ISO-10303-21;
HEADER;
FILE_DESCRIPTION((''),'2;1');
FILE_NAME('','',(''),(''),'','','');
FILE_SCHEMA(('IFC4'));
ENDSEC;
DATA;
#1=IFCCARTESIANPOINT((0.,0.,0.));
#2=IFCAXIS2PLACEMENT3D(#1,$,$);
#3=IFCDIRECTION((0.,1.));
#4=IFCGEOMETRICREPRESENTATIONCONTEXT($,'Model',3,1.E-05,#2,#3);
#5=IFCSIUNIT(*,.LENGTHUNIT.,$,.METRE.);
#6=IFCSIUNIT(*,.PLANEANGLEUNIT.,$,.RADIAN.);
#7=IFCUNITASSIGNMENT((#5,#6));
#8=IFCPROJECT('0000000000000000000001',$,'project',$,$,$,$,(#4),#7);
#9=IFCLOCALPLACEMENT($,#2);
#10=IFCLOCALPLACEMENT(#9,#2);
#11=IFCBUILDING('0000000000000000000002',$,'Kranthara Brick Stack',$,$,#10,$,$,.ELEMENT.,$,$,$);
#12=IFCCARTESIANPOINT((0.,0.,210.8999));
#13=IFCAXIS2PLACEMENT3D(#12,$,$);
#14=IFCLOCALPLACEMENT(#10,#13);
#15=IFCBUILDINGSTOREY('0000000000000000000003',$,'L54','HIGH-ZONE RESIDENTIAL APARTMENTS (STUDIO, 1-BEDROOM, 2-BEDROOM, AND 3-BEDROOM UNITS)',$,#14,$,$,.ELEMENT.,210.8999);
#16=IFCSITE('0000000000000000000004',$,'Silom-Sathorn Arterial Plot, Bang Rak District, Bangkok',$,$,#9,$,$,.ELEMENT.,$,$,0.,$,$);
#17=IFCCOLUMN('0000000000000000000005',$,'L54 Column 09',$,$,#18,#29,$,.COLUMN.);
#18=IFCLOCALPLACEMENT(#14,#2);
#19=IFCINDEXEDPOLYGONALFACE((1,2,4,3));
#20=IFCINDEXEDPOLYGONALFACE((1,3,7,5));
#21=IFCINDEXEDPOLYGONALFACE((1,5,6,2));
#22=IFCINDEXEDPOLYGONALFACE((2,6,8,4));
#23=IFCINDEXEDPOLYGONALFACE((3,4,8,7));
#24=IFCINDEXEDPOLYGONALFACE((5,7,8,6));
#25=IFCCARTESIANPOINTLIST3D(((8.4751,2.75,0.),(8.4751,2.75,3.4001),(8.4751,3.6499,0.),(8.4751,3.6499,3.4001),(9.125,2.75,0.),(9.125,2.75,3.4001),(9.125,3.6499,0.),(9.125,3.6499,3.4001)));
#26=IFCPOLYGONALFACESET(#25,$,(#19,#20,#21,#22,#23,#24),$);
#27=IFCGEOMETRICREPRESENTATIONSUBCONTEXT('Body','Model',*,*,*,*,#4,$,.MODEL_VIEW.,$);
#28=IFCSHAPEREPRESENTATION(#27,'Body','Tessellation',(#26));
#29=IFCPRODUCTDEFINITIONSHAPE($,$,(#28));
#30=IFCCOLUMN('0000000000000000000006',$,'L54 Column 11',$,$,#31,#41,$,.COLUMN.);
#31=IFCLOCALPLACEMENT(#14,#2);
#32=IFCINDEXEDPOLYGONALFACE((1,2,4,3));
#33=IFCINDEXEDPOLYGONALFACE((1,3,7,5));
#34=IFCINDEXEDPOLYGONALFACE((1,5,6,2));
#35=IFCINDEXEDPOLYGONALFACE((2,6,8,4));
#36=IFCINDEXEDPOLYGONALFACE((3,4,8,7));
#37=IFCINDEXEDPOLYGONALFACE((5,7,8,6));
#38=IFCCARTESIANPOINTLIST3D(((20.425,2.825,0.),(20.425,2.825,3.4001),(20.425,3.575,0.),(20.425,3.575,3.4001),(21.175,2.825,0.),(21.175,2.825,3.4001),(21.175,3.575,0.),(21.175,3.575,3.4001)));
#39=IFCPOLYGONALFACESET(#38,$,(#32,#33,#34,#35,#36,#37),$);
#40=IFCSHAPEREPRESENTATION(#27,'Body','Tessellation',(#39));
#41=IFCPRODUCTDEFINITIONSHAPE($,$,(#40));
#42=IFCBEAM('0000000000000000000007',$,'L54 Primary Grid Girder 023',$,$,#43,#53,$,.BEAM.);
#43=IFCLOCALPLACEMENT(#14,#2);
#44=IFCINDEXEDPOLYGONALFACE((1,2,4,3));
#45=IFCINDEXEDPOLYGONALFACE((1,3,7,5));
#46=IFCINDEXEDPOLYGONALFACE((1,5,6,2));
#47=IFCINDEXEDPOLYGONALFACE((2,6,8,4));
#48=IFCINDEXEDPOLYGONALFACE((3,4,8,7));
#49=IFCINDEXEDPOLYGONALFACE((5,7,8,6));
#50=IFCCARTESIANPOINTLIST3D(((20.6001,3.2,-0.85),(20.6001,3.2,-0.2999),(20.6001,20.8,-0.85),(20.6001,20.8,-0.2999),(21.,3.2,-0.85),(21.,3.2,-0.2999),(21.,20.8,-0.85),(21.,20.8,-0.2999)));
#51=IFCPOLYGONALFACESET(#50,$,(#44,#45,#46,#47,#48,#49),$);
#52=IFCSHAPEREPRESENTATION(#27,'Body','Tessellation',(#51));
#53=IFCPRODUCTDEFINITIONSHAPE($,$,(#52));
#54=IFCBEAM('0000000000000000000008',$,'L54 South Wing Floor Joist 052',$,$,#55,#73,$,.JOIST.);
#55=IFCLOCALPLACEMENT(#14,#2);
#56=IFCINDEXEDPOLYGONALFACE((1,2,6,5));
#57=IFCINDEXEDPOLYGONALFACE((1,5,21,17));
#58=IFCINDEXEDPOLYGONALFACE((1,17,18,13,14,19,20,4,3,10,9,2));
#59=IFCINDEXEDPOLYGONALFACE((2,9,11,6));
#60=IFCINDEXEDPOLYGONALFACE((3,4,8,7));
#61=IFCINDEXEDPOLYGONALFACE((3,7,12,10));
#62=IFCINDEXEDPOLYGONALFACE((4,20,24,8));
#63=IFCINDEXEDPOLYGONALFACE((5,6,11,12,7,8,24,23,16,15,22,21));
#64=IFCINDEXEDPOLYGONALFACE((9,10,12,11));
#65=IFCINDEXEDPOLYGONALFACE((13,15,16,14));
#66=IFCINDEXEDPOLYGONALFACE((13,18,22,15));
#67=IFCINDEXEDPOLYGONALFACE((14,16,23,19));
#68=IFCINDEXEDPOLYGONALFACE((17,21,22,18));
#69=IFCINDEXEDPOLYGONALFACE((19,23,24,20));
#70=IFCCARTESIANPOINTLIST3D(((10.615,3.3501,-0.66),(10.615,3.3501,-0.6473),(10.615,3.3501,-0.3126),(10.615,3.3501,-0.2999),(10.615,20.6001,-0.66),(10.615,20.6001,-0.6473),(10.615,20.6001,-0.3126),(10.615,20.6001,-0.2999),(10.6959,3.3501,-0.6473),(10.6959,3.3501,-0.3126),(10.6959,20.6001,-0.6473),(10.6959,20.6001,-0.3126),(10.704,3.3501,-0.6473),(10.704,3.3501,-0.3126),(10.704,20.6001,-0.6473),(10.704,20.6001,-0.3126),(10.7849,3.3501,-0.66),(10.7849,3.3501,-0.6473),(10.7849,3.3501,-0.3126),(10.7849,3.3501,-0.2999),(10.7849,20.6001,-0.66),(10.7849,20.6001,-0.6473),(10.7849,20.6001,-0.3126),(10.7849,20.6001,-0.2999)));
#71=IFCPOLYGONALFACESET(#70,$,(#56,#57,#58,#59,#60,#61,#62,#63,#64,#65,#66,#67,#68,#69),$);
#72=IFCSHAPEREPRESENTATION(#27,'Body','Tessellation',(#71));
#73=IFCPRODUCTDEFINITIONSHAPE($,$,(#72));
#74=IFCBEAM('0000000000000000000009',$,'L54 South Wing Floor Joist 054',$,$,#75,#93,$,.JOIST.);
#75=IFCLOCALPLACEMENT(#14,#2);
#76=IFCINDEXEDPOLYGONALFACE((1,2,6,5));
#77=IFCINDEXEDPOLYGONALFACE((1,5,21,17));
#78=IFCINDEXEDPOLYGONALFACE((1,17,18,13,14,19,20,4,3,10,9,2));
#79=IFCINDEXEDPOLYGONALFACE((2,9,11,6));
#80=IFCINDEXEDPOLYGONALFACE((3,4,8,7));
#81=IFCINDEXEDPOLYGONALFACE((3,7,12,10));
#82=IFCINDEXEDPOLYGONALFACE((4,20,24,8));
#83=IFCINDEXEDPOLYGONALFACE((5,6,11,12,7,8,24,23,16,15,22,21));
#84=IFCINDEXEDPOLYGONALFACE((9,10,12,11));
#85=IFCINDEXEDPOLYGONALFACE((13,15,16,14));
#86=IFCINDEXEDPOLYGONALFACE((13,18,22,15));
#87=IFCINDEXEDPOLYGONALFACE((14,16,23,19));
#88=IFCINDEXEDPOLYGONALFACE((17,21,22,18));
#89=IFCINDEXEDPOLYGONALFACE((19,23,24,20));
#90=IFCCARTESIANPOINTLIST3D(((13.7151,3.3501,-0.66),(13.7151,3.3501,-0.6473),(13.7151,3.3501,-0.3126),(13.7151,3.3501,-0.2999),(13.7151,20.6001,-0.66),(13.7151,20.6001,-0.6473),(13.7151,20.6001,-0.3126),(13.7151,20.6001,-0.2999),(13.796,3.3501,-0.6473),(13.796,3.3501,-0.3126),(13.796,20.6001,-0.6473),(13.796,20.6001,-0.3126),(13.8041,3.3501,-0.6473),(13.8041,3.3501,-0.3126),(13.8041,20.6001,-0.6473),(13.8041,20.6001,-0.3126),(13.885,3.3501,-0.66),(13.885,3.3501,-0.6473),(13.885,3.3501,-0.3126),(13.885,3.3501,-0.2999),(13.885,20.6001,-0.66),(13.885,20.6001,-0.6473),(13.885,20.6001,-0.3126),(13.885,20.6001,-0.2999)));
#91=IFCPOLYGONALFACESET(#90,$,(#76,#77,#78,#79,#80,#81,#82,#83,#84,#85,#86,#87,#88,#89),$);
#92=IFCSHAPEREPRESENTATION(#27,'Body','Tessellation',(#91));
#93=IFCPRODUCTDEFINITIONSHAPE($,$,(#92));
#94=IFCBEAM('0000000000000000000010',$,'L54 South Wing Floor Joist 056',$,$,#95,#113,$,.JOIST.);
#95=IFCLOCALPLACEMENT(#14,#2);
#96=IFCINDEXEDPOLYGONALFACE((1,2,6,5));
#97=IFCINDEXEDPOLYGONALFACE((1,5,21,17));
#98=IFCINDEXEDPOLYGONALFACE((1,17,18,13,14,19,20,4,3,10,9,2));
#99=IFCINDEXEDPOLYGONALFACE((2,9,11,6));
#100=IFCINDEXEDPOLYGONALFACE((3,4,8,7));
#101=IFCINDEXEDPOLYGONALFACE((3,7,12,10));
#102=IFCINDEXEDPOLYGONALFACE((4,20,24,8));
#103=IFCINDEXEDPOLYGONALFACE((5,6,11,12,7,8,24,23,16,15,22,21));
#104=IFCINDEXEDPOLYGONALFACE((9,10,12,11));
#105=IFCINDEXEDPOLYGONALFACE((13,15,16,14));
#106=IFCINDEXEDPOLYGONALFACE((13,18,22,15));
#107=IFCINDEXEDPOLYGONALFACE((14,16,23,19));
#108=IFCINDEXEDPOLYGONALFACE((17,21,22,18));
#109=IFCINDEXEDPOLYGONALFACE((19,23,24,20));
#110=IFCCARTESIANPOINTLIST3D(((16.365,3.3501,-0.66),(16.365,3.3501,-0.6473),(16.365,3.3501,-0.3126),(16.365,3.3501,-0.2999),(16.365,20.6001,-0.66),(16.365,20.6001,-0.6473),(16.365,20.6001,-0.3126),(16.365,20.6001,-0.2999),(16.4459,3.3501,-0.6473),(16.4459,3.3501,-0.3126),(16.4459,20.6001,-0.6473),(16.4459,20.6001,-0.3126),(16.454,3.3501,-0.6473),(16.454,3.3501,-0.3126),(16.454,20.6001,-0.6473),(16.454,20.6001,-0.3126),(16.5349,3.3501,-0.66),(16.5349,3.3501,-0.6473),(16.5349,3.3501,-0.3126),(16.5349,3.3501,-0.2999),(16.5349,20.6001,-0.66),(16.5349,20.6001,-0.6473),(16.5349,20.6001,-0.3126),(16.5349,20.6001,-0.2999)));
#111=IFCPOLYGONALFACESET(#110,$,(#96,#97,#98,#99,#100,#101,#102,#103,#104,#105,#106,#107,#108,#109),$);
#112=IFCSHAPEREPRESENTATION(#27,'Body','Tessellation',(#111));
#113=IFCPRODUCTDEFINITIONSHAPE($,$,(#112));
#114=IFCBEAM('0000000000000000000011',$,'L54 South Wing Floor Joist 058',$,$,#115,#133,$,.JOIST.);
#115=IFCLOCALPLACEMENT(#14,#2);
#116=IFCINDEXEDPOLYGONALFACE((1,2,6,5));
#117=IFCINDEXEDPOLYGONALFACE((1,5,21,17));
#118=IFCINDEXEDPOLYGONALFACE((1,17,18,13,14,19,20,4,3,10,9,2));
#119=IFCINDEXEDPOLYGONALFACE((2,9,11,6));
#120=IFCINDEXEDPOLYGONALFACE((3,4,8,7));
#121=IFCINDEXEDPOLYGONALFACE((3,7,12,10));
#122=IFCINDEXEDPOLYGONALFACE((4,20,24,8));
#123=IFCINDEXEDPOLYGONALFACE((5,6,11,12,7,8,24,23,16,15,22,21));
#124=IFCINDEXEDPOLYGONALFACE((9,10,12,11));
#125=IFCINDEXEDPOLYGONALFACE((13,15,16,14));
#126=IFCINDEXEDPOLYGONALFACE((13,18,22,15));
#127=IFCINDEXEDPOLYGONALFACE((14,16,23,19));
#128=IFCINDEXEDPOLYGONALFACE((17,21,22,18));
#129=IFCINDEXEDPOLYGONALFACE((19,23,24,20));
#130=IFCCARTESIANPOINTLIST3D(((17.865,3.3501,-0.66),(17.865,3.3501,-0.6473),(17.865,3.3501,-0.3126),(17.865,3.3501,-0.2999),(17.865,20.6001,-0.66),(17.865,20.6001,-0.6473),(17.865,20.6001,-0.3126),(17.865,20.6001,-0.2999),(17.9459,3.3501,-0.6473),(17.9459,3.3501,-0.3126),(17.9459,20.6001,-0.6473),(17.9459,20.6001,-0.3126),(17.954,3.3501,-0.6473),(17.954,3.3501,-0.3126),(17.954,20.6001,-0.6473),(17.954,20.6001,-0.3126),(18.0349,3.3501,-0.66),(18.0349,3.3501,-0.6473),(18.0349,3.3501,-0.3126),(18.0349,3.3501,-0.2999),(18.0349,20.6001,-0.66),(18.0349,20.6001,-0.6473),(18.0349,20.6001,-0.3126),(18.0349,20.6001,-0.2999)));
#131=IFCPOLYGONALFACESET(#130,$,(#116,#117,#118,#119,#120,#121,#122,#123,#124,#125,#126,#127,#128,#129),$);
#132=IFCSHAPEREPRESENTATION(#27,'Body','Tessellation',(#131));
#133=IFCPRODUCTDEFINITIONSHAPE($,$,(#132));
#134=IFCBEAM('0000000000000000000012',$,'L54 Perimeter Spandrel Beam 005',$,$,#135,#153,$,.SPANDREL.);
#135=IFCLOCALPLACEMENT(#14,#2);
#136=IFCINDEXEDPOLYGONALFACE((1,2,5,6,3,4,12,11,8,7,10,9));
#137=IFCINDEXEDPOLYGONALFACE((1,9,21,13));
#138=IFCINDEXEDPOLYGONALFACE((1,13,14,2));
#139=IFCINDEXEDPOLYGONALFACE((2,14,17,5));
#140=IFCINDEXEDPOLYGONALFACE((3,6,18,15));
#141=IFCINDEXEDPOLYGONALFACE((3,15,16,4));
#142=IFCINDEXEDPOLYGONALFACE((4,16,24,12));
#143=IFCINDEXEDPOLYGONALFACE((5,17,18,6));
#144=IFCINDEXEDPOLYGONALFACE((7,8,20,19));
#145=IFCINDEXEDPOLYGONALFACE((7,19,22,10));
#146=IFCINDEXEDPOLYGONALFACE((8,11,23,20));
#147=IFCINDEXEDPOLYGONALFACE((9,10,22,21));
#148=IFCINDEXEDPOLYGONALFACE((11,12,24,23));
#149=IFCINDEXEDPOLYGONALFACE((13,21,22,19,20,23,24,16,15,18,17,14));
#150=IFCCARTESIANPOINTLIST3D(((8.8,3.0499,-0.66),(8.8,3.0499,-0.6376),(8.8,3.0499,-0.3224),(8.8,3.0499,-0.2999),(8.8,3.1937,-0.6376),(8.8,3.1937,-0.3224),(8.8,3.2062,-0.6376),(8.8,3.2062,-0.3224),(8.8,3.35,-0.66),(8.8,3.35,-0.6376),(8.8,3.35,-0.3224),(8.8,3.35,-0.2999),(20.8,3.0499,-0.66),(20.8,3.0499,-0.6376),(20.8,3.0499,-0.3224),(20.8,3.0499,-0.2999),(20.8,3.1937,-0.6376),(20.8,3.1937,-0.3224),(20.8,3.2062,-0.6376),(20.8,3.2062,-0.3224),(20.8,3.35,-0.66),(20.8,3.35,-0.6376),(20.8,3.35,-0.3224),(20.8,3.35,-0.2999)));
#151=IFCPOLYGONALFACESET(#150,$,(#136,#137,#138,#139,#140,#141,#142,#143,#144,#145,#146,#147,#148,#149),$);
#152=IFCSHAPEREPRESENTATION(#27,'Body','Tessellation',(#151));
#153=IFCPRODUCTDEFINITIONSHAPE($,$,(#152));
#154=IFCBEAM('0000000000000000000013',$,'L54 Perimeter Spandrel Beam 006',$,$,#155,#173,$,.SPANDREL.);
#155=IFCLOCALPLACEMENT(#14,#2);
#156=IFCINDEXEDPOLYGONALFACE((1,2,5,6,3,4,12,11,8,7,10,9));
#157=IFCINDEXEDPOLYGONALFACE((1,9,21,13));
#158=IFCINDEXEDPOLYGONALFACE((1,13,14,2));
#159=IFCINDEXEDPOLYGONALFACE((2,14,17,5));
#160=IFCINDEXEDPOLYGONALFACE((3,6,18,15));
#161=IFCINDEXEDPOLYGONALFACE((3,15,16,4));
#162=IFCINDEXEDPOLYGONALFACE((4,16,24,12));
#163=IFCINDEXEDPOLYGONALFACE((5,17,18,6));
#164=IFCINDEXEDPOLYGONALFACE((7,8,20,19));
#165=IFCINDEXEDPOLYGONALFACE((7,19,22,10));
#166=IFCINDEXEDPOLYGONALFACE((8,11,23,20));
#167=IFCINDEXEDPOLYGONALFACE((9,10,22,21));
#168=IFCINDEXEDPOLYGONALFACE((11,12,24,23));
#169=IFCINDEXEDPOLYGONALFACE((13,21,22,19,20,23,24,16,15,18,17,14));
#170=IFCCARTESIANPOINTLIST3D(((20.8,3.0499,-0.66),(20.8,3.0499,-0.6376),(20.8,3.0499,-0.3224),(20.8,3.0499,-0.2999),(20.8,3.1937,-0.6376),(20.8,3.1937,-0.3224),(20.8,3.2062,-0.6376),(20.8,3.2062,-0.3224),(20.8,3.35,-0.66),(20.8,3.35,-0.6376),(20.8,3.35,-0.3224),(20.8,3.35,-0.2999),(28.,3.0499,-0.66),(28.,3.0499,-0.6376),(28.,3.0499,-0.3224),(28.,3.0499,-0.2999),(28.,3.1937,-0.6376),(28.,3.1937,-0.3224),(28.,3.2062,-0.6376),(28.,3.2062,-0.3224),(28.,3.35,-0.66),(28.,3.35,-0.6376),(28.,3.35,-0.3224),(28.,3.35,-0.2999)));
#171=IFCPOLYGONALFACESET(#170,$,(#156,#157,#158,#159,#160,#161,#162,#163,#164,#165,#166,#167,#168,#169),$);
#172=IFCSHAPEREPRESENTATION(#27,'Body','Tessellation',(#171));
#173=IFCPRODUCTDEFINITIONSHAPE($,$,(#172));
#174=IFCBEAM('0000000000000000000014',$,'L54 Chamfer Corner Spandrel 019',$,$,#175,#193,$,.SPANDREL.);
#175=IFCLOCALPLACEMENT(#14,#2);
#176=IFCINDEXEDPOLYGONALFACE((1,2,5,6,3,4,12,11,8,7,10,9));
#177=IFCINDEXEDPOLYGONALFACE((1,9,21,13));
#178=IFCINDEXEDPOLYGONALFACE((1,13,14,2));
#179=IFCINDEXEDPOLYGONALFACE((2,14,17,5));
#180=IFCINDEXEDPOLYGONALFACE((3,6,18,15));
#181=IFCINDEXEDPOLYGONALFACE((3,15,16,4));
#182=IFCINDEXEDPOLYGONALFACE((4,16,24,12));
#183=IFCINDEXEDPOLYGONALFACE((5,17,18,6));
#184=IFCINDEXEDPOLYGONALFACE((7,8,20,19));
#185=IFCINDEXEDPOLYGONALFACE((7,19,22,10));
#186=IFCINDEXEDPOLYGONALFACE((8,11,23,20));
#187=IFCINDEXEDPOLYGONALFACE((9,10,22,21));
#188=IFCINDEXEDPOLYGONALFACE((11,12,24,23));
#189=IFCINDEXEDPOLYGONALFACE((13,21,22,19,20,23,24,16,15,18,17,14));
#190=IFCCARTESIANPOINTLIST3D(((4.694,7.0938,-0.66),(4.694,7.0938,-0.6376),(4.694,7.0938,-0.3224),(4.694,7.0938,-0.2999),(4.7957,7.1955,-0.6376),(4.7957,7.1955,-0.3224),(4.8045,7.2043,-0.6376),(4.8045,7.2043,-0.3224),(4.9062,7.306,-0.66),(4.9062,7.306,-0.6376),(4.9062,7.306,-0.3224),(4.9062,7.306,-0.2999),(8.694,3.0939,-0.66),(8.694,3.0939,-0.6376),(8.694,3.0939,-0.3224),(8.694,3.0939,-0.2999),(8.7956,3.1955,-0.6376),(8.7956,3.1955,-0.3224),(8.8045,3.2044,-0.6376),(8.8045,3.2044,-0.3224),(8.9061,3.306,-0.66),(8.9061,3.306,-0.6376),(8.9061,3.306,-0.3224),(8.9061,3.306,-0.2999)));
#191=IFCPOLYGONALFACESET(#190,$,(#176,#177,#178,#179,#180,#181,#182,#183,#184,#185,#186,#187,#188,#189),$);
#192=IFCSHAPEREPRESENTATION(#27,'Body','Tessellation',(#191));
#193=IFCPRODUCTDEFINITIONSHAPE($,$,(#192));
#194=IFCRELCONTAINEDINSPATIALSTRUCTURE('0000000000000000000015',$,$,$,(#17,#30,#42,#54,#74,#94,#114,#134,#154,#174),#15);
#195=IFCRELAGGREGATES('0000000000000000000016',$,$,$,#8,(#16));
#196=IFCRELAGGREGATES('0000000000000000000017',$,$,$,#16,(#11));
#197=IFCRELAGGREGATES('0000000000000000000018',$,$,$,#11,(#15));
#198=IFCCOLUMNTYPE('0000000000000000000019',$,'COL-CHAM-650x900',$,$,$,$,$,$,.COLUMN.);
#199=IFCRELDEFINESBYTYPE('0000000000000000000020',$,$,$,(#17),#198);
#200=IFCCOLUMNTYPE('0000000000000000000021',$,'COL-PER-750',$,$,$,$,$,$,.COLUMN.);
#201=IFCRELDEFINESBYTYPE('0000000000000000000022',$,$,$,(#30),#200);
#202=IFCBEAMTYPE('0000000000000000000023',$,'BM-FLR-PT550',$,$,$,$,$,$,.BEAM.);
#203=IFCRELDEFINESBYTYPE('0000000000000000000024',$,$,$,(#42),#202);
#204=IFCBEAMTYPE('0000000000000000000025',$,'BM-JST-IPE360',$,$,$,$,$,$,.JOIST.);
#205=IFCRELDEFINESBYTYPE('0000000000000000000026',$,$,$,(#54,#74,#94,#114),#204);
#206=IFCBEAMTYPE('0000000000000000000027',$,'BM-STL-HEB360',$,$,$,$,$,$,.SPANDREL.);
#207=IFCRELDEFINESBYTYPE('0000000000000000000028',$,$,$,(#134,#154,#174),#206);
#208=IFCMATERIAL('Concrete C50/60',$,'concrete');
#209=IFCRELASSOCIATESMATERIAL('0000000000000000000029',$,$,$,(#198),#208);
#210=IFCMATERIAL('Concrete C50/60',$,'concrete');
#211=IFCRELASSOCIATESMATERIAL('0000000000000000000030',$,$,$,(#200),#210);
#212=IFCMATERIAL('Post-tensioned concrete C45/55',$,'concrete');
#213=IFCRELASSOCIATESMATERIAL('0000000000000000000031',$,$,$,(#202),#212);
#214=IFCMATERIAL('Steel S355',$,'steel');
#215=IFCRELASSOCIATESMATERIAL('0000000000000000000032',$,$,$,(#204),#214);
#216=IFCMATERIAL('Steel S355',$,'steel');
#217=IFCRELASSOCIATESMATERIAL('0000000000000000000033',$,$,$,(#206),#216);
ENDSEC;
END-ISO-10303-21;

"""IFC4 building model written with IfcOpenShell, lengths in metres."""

from ifc_helpers import new_model, si_unit, direction, frame, origin, origin_2d, place, context, subcontext, project, spatial, rectangle, i_section, extrude, material, material_profile, profile_set, type_object, element, save


model = new_model("IFC4")

# Units and contexts
model_context = context("Model", 3, precision=1e-05, world=origin(), true_north=direction((0.0, 1.0)))
body_context = subcontext(model_context, "Body", "Model", "MODEL_VIEW")
ifc_project = project(units=[si_unit("LENGTHUNIT", "METRE"), si_unit("PLANEANGLEUNIT", "RADIAN")], contexts=[model_context])

# Site, building, storey
site_placement = place(None, origin())
site = spatial("IfcSite", under=ifc_project, at=site_placement, Name="Silom-Sathorn Arterial Plot, Bang Rak District, Bangkok", CompositionType="ELEMENT", RefElevation=0.0)
building_placement = place(site_placement, origin())
building = spatial("IfcBuilding", under=site, at=building_placement, Name="Kranthara Brick Stack", CompositionType="ELEMENT")
storey_placement = place(building_placement, frame((0.0, 0.0, 210.8999)))
storey = spatial("IfcBuildingStorey", under=building, at=storey_placement, Name="L54", Description="HIGH-ZONE RESIDENTIAL APARTMENTS (STUDIO, 1-BEDROOM, 2-BEDROOM, AND 3-BEDROOM UNITS)", CompositionType="ELEMENT", Elevation=210.8999)

# Columns
ifc_material_1 = material(Name="Concrete C50/60", Category="concrete")
ifc_material_profile_1 = material_profile(ifc_material_1, rectangle(XDim=0.6499, YDim=0.8999, at=origin_2d()), Name="RC 650x900")
ifc_profile_set_1 = profile_set([ifc_material_profile_1], Name="Concrete C50/60")
column_type_1 = type_object("IfcColumnType", Name="COL-CHAM-650x900", PredefinedType="COLUMN", material=ifc_profile_set_1)
column_1_placement = place(storey_placement, frame((8.8, 3.2, 0.0), z_axis=(0.0, 0.0, 1.0), x_axis=(1.0, 0.0, 0.0)))
element("IfcColumn", 1, at=column_1_placement, inside=storey, type_object=column_type_1, Name="L54 Column 09", PredefinedType="COLUMN", context=body_context, shape_type="SweptSolid", body=[
    extrude(rectangle(XDim=0.6499, YDim=0.8999, at=origin_2d()), origin(), (0.0, 0.0, 1.0), 3.4001),
])
ifc_material_2 = material(Name="Concrete C50/60", Category="concrete")
ifc_material_profile_2 = material_profile(ifc_material_2, rectangle(XDim=0.75, YDim=0.75, at=origin_2d()), Name="RC 750x750")
ifc_profile_set_2 = profile_set([ifc_material_profile_2], Name="Concrete C50/60")
column_type_2 = type_object("IfcColumnType", Name="COL-PER-750", PredefinedType="COLUMN", material=ifc_profile_set_2)
column_2_placement = place(storey_placement, frame((20.8, 3.2, 0.0), z_axis=(0.0, 0.0, 1.0), x_axis=(1.0, 0.0, 0.0)))
element("IfcColumn", 2, at=column_2_placement, inside=storey, type_object=column_type_2, Name="L54 Column 11", PredefinedType="COLUMN", context=body_context, shape_type="SweptSolid", body=[
    extrude(rectangle(XDim=0.75, YDim=0.75, at=origin_2d()), origin(), (0.0, 0.0, 1.0), 3.4001),
])

# Beams
ifc_material_3 = material(Name="Post-tensioned concrete C45/55", Category="concrete")
ifc_material_profile_3 = material_profile(ifc_material_3, rectangle(XDim=0.3999, YDim=0.55, at=origin_2d()), Name="PT 400x550")
ifc_profile_set_3 = profile_set([ifc_material_profile_3], Name="Post-tensioned concrete C45/55")
beam_type_1 = type_object("IfcBeamType", Name="BM-FLR-PT550", PredefinedType="BEAM", material=ifc_profile_set_3)
beam_1_placement = place(storey_placement, frame((20.8, 3.2, -0.575), z_axis=(0.0, 1.0, 0.0), x_axis=(-1.0, 0.0, 0.0)))
element("IfcBeam", 3, at=beam_1_placement, inside=storey, type_object=beam_type_1, Name="L54 Primary Grid Girder 023", PredefinedType="BEAM", context=body_context, shape_type="SweptSolid", body=[
    extrude(rectangle(XDim=0.3999, YDim=0.55, at=origin_2d()), origin(), (0.0, 0.0, 1.0), 17.6001),
])
ifc_material_4 = material(Name="Steel S355", Category="steel")
ifc_material_profile_4 = material_profile(ifc_material_4, i_section(OverallWidth=0.1699, OverallDepth=0.3601, WebThickness=0.0081, FlangeThickness=0.0127, at=origin_2d()), Name="IPE 360")
ifc_profile_set_4 = profile_set([ifc_material_profile_4], Name="Steel S355")
beam_type_2 = type_object("IfcBeamType", Name="BM-JST-IPE360", PredefinedType="JOIST", material=ifc_profile_set_4)
for number, where, z_axis, x_axis, name in (
    (4, (10.7, 3.3501, -0.48), (0.0, 1.0, 0.0), (-1.0, 0.0, 0.0), "L54 South Wing Floor Joist 052"),
    (5, (13.8, 3.3501, -0.48), (0.0, 1.0, 0.0), (-1.0, 0.0, 0.0), "L54 South Wing Floor Joist 054"),
    (6, (16.45, 3.3501, -0.48), (0.0, 1.0, 0.0), (-1.0, 0.0, 0.0), "L54 South Wing Floor Joist 056"),
    (7, (17.95, 3.3501, -0.48), (0.0, 1.0, 0.0), (-1.0, 0.0, 0.0), "L54 South Wing Floor Joist 058"),
):
    element("IfcBeam", number, at=place(storey_placement, frame(where, z_axis=z_axis, x_axis=x_axis)), inside=storey, type_object=beam_type_2, Name=name, PredefinedType="JOIST", context=body_context, shape_type="SweptSolid", body=[
        extrude(i_section(OverallWidth=0.1699, OverallDepth=0.3601, WebThickness=0.0081, FlangeThickness=0.0127, at=origin_2d()), origin(), (0.0, 0.0, 1.0), 17.25),
    ])
ifc_material_5 = material(Name="Steel S355", Category="steel")
ifc_material_profile_5 = material_profile(ifc_material_5, i_section(OverallWidth=0.3, OverallDepth=0.3601, WebThickness=0.0125, FlangeThickness=0.0225, at=origin_2d()), Name="HEB 360")
ifc_profile_set_5 = profile_set([ifc_material_profile_5], Name="Steel S355")
beam_type_3 = type_object("IfcBeamType", Name="BM-STL-HEB360", PredefinedType="SPANDREL", material=ifc_profile_set_5)
beam_2_placement = place(storey_placement, frame((8.8, 3.2, -0.48), z_axis=(1.0, 0.0, 0.0), x_axis=(0.0, 1.0, 0.0)))
element("IfcBeam", 8, at=beam_2_placement, inside=storey, type_object=beam_type_3, Name="L54 Perimeter Spandrel Beam 005", PredefinedType="SPANDREL", context=body_context, shape_type="SweptSolid", body=[
    extrude(i_section(OverallWidth=0.3, OverallDepth=0.3601, WebThickness=0.0125, FlangeThickness=0.0225, at=origin_2d()), origin(), (0.0, 0.0, 1.0), 12.0),
])
beam_3_placement = place(storey_placement, frame((20.8, 3.2, -0.48), z_axis=(1.0, 0.0, 0.0), x_axis=(0.0, 1.0, 0.0)))
element("IfcBeam", 9, at=beam_3_placement, inside=storey, type_object=beam_type_3, Name="L54 Perimeter Spandrel Beam 006", PredefinedType="SPANDREL", context=body_context, shape_type="SweptSolid", body=[
    extrude(i_section(OverallWidth=0.3, OverallDepth=0.3601, WebThickness=0.0125, FlangeThickness=0.0225, at=origin_2d()), origin(), (0.0, 0.0, 1.0), 7.2),
])
beam_4_placement = place(storey_placement, frame((8.8, 3.2, -0.48), z_axis=(-0.707107, 0.707107, 0.0), x_axis=(-0.707107, -0.707107, 0.0)))
element("IfcBeam", 10, at=beam_4_placement, inside=storey, type_object=beam_type_3, Name="L54 Chamfer Corner Spandrel 019", PredefinedType="SPANDREL", context=body_context, shape_type="SweptSolid", body=[
    extrude(i_section(OverallWidth=0.3, OverallDepth=0.3601, WebThickness=0.0125, FlangeThickness=0.0225, at=origin_2d()), origin(), (0.0, 0.0, 1.0), 5.6567),
])

save(model, "model.ifc")
